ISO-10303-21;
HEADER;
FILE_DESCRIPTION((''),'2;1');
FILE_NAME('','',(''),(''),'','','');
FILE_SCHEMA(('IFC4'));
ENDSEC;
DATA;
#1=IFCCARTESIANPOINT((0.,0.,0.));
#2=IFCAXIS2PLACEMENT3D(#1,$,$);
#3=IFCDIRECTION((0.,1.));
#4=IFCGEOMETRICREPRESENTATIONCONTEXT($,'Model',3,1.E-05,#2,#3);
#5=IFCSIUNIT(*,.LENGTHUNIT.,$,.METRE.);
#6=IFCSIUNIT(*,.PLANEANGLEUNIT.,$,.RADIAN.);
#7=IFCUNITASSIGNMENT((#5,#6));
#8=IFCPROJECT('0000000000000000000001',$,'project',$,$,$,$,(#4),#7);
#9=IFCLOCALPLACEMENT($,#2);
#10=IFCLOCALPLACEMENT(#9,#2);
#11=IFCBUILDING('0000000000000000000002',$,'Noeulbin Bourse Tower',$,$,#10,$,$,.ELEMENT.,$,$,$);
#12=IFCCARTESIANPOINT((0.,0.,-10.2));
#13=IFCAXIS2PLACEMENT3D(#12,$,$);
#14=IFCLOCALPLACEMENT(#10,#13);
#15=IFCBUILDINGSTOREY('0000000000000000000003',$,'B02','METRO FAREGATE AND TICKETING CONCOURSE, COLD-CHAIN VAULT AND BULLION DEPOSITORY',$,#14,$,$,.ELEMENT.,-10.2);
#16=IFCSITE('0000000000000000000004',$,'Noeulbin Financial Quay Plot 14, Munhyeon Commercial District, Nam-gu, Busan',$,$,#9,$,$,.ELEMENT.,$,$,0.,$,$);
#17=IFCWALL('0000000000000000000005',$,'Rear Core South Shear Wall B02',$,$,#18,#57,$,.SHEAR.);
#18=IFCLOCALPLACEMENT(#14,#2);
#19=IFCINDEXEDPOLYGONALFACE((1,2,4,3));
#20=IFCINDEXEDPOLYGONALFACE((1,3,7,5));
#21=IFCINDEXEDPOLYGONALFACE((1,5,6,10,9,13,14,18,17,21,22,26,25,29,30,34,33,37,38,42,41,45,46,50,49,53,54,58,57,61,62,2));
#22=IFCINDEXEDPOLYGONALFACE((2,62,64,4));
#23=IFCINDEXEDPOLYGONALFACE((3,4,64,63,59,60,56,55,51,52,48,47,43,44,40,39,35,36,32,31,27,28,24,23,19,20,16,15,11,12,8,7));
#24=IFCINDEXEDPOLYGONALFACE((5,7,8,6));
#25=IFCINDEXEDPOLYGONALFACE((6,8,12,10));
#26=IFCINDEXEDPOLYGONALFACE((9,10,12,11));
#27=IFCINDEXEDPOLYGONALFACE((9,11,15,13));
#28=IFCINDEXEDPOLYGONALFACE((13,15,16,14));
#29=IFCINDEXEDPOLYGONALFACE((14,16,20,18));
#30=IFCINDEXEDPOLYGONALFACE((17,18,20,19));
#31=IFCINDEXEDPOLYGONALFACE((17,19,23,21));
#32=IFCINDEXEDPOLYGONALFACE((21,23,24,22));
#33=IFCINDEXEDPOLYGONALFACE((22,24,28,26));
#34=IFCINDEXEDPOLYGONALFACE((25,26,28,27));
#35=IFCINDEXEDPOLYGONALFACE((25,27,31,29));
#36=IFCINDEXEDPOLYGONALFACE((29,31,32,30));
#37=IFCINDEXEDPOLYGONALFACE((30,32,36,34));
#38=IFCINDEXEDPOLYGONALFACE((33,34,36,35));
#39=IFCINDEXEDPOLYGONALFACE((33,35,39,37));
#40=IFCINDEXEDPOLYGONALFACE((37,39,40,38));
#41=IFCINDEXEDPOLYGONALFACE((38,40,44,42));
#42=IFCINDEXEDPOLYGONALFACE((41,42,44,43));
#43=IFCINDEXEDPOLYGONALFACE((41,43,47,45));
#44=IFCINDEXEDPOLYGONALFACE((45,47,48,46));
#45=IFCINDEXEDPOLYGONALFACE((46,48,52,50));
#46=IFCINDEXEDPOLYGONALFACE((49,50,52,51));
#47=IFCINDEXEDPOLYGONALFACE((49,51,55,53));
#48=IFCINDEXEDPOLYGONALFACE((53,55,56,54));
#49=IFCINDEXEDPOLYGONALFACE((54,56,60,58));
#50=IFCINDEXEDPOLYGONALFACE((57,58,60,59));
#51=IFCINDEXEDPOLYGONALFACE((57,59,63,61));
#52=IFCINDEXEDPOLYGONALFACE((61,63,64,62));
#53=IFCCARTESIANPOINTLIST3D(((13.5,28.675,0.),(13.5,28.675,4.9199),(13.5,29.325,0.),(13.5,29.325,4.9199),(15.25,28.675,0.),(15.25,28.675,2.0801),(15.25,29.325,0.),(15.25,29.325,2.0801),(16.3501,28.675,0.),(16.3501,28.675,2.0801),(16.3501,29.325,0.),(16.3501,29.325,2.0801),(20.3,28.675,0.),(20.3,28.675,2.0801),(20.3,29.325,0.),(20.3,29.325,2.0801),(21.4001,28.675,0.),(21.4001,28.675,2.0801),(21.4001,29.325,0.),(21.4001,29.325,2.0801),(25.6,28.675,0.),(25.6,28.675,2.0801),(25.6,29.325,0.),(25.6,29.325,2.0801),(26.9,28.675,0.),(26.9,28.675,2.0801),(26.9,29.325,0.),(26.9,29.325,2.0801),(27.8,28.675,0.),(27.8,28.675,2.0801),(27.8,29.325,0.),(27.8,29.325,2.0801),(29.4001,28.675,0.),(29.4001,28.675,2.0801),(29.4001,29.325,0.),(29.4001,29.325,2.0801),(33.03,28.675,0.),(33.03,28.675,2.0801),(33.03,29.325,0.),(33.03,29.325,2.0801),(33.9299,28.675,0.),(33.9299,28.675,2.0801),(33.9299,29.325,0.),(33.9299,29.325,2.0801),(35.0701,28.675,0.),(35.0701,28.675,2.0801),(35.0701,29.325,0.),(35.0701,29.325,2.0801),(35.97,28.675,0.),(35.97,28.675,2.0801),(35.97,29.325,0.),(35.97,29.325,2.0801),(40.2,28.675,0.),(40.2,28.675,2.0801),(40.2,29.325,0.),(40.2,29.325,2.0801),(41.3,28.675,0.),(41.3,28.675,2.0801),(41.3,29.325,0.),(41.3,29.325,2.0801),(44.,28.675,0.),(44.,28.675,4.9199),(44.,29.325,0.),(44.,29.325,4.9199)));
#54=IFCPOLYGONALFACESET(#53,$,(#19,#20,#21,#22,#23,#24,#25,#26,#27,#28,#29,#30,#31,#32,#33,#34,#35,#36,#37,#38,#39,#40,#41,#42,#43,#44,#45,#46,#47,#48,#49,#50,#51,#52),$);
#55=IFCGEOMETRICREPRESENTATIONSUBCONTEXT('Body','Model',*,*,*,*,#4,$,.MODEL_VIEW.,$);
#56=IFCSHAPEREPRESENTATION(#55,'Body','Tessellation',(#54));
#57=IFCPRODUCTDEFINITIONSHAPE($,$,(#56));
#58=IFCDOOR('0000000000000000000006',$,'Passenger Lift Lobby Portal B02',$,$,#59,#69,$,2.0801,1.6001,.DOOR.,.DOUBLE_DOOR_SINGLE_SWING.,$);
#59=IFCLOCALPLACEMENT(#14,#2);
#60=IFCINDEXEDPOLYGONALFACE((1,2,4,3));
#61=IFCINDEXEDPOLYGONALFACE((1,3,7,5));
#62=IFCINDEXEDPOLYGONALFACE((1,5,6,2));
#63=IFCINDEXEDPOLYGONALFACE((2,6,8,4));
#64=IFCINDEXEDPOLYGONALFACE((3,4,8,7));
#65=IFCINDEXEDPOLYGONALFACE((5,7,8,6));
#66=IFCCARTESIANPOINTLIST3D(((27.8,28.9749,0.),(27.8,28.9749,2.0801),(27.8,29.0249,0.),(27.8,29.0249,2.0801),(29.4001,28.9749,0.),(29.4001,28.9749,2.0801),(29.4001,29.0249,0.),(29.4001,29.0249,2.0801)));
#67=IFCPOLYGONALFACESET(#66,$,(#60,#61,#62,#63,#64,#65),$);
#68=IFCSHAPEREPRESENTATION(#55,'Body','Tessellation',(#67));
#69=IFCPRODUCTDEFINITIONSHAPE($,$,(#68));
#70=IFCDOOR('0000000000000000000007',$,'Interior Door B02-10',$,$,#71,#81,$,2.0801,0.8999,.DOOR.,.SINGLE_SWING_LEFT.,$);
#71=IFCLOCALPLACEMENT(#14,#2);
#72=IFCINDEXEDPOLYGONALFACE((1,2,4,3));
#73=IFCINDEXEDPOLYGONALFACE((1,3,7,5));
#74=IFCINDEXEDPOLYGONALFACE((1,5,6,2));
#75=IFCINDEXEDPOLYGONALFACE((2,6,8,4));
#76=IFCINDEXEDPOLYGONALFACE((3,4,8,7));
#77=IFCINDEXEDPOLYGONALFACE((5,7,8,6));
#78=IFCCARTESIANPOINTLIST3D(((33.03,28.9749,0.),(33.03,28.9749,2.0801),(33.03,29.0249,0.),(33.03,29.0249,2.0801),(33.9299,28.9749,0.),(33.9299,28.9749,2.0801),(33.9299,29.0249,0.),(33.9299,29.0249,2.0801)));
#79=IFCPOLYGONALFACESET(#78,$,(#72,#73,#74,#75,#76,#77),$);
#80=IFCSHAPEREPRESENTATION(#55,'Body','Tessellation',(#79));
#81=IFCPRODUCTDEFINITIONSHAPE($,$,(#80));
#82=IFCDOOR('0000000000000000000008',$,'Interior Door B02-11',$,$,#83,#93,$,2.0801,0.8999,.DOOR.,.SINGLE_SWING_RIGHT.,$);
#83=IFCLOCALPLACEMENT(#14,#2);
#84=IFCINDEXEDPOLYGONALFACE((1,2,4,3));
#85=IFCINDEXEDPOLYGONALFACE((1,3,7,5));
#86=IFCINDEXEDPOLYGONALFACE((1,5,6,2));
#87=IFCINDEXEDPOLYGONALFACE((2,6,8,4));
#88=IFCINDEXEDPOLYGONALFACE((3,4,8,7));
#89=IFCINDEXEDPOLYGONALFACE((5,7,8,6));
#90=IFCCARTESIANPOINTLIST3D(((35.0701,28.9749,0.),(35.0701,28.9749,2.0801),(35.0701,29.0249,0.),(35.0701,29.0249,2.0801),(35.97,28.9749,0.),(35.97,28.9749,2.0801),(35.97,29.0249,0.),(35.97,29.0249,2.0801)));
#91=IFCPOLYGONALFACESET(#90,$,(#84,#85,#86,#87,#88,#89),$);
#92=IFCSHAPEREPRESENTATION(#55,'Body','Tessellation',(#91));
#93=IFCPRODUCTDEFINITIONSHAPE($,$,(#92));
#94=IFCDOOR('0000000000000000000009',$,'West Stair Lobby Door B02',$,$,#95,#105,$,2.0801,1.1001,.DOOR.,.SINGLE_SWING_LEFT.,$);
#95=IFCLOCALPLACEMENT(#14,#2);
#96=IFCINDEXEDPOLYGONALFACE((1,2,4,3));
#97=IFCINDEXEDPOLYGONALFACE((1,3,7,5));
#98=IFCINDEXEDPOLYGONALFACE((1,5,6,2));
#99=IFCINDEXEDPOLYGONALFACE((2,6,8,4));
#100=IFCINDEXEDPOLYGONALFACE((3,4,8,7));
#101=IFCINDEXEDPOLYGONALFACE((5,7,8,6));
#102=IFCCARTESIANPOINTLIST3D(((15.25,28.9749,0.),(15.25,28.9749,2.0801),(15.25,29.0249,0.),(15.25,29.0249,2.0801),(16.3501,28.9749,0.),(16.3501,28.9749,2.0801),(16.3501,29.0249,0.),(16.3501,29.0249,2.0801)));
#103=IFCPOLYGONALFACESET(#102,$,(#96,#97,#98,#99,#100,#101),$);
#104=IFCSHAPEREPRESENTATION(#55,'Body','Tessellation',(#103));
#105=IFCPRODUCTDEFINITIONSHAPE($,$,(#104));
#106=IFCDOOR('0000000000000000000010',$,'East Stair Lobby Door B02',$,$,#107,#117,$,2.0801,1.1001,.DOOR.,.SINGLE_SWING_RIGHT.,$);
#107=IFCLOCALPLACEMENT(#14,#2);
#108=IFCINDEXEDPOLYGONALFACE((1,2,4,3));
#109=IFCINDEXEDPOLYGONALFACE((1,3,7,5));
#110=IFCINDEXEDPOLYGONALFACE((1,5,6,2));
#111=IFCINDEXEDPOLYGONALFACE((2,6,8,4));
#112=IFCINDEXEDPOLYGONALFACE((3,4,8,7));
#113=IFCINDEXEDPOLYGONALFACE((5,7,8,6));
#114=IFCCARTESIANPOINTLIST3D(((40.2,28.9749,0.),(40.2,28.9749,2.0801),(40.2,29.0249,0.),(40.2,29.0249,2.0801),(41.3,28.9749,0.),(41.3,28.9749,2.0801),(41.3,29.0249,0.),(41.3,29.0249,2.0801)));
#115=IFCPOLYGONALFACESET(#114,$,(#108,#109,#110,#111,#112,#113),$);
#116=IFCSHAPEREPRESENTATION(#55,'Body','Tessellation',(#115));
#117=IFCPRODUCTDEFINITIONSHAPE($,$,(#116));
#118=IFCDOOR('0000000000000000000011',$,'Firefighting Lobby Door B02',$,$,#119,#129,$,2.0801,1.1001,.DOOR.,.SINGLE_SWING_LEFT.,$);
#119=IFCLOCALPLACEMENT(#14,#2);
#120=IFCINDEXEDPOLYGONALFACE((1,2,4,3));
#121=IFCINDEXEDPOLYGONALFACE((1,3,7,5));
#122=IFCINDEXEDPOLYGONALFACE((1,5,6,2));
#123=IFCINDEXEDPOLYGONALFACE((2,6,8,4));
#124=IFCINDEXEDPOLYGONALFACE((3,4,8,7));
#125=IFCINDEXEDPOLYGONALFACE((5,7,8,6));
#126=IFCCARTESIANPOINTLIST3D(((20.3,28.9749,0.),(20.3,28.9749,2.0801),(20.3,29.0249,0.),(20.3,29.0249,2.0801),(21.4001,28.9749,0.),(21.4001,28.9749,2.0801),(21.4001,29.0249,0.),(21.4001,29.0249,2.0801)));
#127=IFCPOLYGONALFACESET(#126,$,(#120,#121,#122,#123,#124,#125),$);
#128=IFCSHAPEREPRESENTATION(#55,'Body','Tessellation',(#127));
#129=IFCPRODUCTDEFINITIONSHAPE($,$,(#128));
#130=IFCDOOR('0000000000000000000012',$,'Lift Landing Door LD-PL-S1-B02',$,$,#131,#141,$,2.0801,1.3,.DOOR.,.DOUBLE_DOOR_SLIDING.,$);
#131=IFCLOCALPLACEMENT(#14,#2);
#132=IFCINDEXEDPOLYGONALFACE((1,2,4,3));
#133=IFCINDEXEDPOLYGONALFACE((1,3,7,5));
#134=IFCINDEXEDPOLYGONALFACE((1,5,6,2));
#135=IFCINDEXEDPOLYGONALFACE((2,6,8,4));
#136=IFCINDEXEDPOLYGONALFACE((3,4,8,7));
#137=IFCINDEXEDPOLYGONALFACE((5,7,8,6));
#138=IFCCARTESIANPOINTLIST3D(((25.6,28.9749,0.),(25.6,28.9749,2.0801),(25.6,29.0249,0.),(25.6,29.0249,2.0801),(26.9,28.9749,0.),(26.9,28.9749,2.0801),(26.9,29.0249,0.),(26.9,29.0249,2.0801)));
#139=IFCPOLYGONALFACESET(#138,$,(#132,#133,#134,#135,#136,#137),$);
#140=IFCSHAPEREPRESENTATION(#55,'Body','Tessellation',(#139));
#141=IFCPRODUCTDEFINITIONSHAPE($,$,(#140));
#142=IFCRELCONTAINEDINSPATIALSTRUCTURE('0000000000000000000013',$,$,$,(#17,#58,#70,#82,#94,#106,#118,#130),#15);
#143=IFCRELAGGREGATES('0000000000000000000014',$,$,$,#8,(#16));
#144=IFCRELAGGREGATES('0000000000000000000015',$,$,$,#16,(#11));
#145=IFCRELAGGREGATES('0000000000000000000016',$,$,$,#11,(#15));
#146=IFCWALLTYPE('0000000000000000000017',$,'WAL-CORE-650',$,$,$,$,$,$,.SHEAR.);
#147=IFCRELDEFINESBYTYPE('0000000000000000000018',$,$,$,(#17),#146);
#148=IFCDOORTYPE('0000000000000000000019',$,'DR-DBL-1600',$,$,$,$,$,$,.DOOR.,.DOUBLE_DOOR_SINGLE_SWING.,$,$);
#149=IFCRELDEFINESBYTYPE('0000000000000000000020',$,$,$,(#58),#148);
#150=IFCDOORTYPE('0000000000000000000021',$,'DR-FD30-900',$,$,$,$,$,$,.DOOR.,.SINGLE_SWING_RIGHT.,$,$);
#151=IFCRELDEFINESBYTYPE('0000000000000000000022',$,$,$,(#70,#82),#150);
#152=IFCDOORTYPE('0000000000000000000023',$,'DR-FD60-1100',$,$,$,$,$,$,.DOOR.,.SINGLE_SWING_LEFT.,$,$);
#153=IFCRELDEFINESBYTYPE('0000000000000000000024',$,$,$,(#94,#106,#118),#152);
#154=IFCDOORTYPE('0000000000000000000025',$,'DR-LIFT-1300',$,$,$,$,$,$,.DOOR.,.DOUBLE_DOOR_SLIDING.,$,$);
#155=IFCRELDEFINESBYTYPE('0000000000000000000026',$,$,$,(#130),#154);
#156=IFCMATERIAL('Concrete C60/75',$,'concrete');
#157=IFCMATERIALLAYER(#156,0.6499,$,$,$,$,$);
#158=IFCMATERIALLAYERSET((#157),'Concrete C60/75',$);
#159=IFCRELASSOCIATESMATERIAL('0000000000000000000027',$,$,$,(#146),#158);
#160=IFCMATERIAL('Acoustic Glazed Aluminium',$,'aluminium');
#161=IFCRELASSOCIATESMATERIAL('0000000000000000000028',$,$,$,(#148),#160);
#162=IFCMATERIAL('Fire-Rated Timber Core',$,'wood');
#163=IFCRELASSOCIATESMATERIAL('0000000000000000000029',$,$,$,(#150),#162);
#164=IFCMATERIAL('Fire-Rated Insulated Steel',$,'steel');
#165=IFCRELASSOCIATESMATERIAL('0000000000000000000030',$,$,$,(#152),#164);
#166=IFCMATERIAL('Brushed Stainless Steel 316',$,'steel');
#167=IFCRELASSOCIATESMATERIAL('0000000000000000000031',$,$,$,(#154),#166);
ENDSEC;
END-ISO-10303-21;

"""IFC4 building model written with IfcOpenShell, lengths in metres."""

from ifc_helpers import new_model, si_unit, direction, frame, frame_2d, origin, place, context, subcontext, project, spatial, rectangle, extrude, material, layer, layer_set, type_object, element, fill, save


model = new_model("IFC4")

# Units and contexts
model_context = context("Model", 3, precision=1e-05, world=origin(), true_north=direction((0.0, 1.0)))
body_context = subcontext(model_context, "Body", "Model", "MODEL_VIEW")
ifc_project = project(units=[si_unit("LENGTHUNIT", "METRE"), si_unit("PLANEANGLEUNIT", "RADIAN")], contexts=[model_context])

# Site, building, storey
site_placement = place(None, origin())
site = spatial("IfcSite", under=ifc_project, at=site_placement, Name="Noeulbin Financial Quay Plot 14, Munhyeon Commercial District, Nam-gu, Busan", CompositionType="ELEMENT", RefElevation=0.0)
building_placement = place(site_placement, origin())
building = spatial("IfcBuilding", under=site, at=building_placement, Name="Noeulbin Bourse Tower", CompositionType="ELEMENT")
storey_placement = place(building_placement, frame((0.0, 0.0, -10.2)))
storey = spatial("IfcBuildingStorey", under=building, at=storey_placement, Name="B02", Description="METRO FAREGATE AND TICKETING CONCOURSE, COLD-CHAIN VAULT AND BULLION DEPOSITORY", CompositionType="ELEMENT", Elevation=-10.2)

# Wall, openings, doors
ifc_material_1 = material(Name="Concrete C60/75", Category="concrete")
ifc_layer_1 = layer(ifc_material_1, 0.6499)
ifc_layer_set_1 = layer_set([ifc_layer_1], Name="Concrete C60/75")
wall_type = type_object("IfcWallType", Name="WAL-CORE-650", PredefinedType="SHEAR", material=ifc_layer_set_1)
wall_placement = place(storey_placement, frame((13.5, 29.0, 0.0), z_axis=(0.0, 0.0, 1.0), x_axis=(1.0, 0.0, 0.0)))
wall = element("IfcWall", 1, at=wall_placement, inside=storey, type_object=wall_type, Name="Rear Core South Shear Wall B02", PredefinedType="SHEAR", context=body_context, shape_type="SweptSolid", body=[
    extrude(rectangle(XDim=30.5, YDim=0.6499, at=frame_2d((15.25, 0.0))), origin(), (0.0, 0.0, 1.0), 4.9199),
])
opening_1_placement = place(wall_placement, frame((1.75, 0.0, 0.0)))
opening_1 = element("IfcOpeningElement", 2, at=opening_1_placement, cuts=wall, PredefinedType="OPENING", context=body_context, shape_type="SweptSolid", body=[
    extrude(rectangle(XDim=1.1001, YDim=2.0801, at=frame_2d((0.55, 1.04))), frame((0.0, 0.335, 0.0), z_axis=(0.0, -1.0, 0.0), x_axis=(1.0, 0.0, 0.0)), (0.0, 0.0, 1.0), 0.6699),
])
opening_2_placement = place(wall_placement, frame((26.7, 0.0, 0.0)))
opening_2 = element("IfcOpeningElement", 3, at=opening_2_placement, cuts=wall, PredefinedType="OPENING", context=body_context, shape_type="SweptSolid", body=[
    extrude(rectangle(XDim=1.1001, YDim=2.0801, at=frame_2d((0.55, 1.04))), frame((0.0, 0.335, 0.0), z_axis=(0.0, -1.0, 0.0), x_axis=(1.0, 0.0, 0.0)), (0.0, 0.0, 1.0), 0.6699),
])
opening_3_placement = place(wall_placement, frame((6.8, 0.0, 0.0)))
opening_3 = element("IfcOpeningElement", 4, at=opening_3_placement, cuts=wall, PredefinedType="OPENING", context=body_context, shape_type="SweptSolid", body=[
    extrude(rectangle(XDim=1.1001, YDim=2.0801, at=frame_2d((0.55, 1.04))), frame((0.0, 0.335, 0.0), z_axis=(0.0, -1.0, 0.0), x_axis=(1.0, 0.0, 0.0)), (0.0, 0.0, 1.0), 0.6699),
])
opening_4_placement = place(wall_placement, frame((14.3, 0.0, 0.0)))
opening_4 = element("IfcOpeningElement", 5, at=opening_4_placement, cuts=wall, PredefinedType="OPENING", context=body_context, shape_type="SweptSolid", body=[
    extrude(rectangle(XDim=1.6001, YDim=2.0801, at=frame_2d((0.8, 1.04))), frame((0.0, 0.335, 0.0), z_axis=(0.0, -1.0, 0.0), x_axis=(1.0, 0.0, 0.0)), (0.0, 0.0, 1.0), 0.6699),
])
opening_5_placement = place(wall_placement, frame((19.53, 0.0, 0.0)))
opening_5 = element("IfcOpeningElement", 6, at=opening_5_placement, cuts=wall, PredefinedType="OPENING", context=body_context, shape_type="SweptSolid", body=[
    extrude(rectangle(XDim=0.8999, YDim=2.0801, at=frame_2d((0.45, 1.04))), frame((0.0, 0.335, 0.0), z_axis=(0.0, -1.0, 0.0), x_axis=(1.0, 0.0, 0.0)), (0.0, 0.0, 1.0), 0.6699),
])
opening_6_placement = place(wall_placement, frame((21.5701, 0.0, 0.0)))
opening_6 = element("IfcOpeningElement", 7, at=opening_6_placement, cuts=wall, PredefinedType="OPENING", context=body_context, shape_type="SweptSolid", body=[
    extrude(rectangle(XDim=0.8999, YDim=2.0801, at=frame_2d((0.45, 1.04))), frame((0.0, 0.335, 0.0), z_axis=(0.0, -1.0, 0.0), x_axis=(1.0, 0.0, 0.0)), (0.0, 0.0, 1.0), 0.6699),
])
opening_7_placement = place(wall_placement, frame((12.1001, 0.0, 0.0)))
opening_7 = element("IfcOpeningElement", 8, at=opening_7_placement, cuts=wall, PredefinedType="OPENING", context=body_context, shape_type="SweptSolid", body=[
    extrude(rectangle(XDim=1.3, YDim=2.0801, at=frame_2d((0.6499, 1.04))), frame((0.0, 0.335, 0.0), z_axis=(0.0, -1.0, 0.0), x_axis=(1.0, 0.0, 0.0)), (0.0, 0.0, 1.0), 0.6699),
])
ifc_material_2 = material(Name="Acoustic Glazed Aluminium", Category="aluminium")
door_type_1 = type_object("IfcDoorType", Name="DR-DBL-1600", OperationType="DOUBLE_DOOR_SINGLE_SWING", PredefinedType="DOOR", material=ifc_material_2)
door_1_placement = place(opening_4_placement, origin())
door_1 = element("IfcDoor", 9, at=door_1_placement, inside=storey, type_object=door_type_1, Name="Passenger Lift Lobby Portal B02", OperationType="DOUBLE_DOOR_SINGLE_SWING", OverallHeight=2.0801, OverallWidth=1.6001, PredefinedType="DOOR", context=body_context, shape_type="SweptSolid", body=[
    extrude(rectangle(XDim=1.6001, YDim=2.0801, at=frame_2d((0.8, 1.04))), frame((0.0, 0.0249, 0.0), z_axis=(0.0, -1.0, 0.0), x_axis=(1.0, 0.0, 0.0)), (0.0, 0.0, 1.0), 0.05),
])
fill(opening_4, door_1)
ifc_material_3 = material(Name="Fire-Rated Timber Core", Category="wood")
door_type_2 = type_object("IfcDoorType", Name="DR-FD30-900", OperationType="SINGLE_SWING_RIGHT", PredefinedType="DOOR", material=ifc_material_3)
door_2_placement = place(opening_5_placement, origin())
door_2 = element("IfcDoor", 10, at=door_2_placement, inside=storey, type_object=door_type_2, Name="Interior Door B02-10", OperationType="SINGLE_SWING_LEFT", OverallHeight=2.0801, OverallWidth=0.8999, PredefinedType="DOOR", context=body_context, shape_type="SweptSolid", body=[
    extrude(rectangle(XDim=0.8999, YDim=2.0801, at=frame_2d((0.45, 1.04))), frame((0.0, 0.0249, 0.0), z_axis=(0.0, -1.0, 0.0), x_axis=(1.0, 0.0, 0.0)), (0.0, 0.0, 1.0), 0.05),
])
fill(opening_5, door_2)
door_3_placement = place(opening_6_placement, origin())
door_3 = element("IfcDoor", 11, at=door_3_placement, inside=storey, type_object=door_type_2, Name="Interior Door B02-11", OperationType="SINGLE_SWING_RIGHT", OverallHeight=2.0801, OverallWidth=0.8999, PredefinedType="DOOR", context=body_context, shape_type="SweptSolid", body=[
    extrude(rectangle(XDim=0.8999, YDim=2.0801, at=frame_2d((0.45, 1.04))), frame((0.0, 0.0249, 0.0), z_axis=(0.0, -1.0, 0.0), x_axis=(1.0, 0.0, 0.0)), (0.0, 0.0, 1.0), 0.05),
])
fill(opening_6, door_3)
ifc_material_4 = material(Name="Fire-Rated Insulated Steel", Category="steel")
door_type_3 = type_object("IfcDoorType", Name="DR-FD60-1100", OperationType="SINGLE_SWING_LEFT", PredefinedType="DOOR", material=ifc_material_4)
door_4_placement = place(opening_1_placement, origin())
door_4 = element("IfcDoor", 12, at=door_4_placement, inside=storey, type_object=door_type_3, Name="West Stair Lobby Door B02", OperationType="SINGLE_SWING_LEFT", OverallHeight=2.0801, OverallWidth=1.1001, PredefinedType="DOOR", context=body_context, shape_type="SweptSolid", body=[
    extrude(rectangle(XDim=1.1001, YDim=2.0801, at=frame_2d((0.55, 1.04))), frame((0.0, 0.0249, 0.0), z_axis=(0.0, -1.0, 0.0), x_axis=(1.0, 0.0, 0.0)), (0.0, 0.0, 1.0), 0.05),
])
fill(opening_1, door_4)
door_5_placement = place(opening_2_placement, origin())
door_5 = element("IfcDoor", 13, at=door_5_placement, inside=storey, type_object=door_type_3, Name="East Stair Lobby Door B02", OperationType="SINGLE_SWING_RIGHT", OverallHeight=2.0801, OverallWidth=1.1001, PredefinedType="DOOR", context=body_context, shape_type="SweptSolid", body=[
    extrude(rectangle(XDim=1.1001, YDim=2.0801, at=frame_2d((0.55, 1.04))), frame((0.0, 0.0249, 0.0), z_axis=(0.0, -1.0, 0.0), x_axis=(1.0, 0.0, 0.0)), (0.0, 0.0, 1.0), 0.05),
])
fill(opening_2, door_5)
door_6_placement = place(opening_3_placement, origin())
door_6 = element("IfcDoor", 14, at=door_6_placement, inside=storey, type_object=door_type_3, Name="Firefighting Lobby Door B02", OperationType="SINGLE_SWING_LEFT", OverallHeight=2.0801, OverallWidth=1.1001, PredefinedType="DOOR", context=body_context, shape_type="SweptSolid", body=[
    extrude(rectangle(XDim=1.1001, YDim=2.0801, at=frame_2d((0.55, 1.04))), frame((0.0, 0.0249, 0.0), z_axis=(0.0, -1.0, 0.0), x_axis=(1.0, 0.0, 0.0)), (0.0, 0.0, 1.0), 0.05),
])
fill(opening_3, door_6)
ifc_material_5 = material(Name="Brushed Stainless Steel 316", Category="steel")
door_type_4 = type_object("IfcDoorType", Name="DR-LIFT-1300", OperationType="DOUBLE_DOOR_SLIDING", PredefinedType="DOOR", material=ifc_material_5)
door_7_placement = place(opening_7_placement, origin())
door_7 = element("IfcDoor", 15, at=door_7_placement, inside=storey, type_object=door_type_4, Name="Lift Landing Door LD-PL-S1-B02", OperationType="DOUBLE_DOOR_SLIDING", OverallHeight=2.0801, OverallWidth=1.3, PredefinedType="DOOR", context=body_context, shape_type="SweptSolid", body=[
    extrude(rectangle(XDim=1.3, YDim=2.0801, at=frame_2d((0.6499, 1.04))), frame((0.0, 0.0249, 0.0), z_axis=(0.0, -1.0, 0.0), x_axis=(1.0, 0.0, 0.0)), (0.0, 0.0, 1.0), 0.05),
])
fill(opening_7, door_7)

save(model, "model.ifc")
